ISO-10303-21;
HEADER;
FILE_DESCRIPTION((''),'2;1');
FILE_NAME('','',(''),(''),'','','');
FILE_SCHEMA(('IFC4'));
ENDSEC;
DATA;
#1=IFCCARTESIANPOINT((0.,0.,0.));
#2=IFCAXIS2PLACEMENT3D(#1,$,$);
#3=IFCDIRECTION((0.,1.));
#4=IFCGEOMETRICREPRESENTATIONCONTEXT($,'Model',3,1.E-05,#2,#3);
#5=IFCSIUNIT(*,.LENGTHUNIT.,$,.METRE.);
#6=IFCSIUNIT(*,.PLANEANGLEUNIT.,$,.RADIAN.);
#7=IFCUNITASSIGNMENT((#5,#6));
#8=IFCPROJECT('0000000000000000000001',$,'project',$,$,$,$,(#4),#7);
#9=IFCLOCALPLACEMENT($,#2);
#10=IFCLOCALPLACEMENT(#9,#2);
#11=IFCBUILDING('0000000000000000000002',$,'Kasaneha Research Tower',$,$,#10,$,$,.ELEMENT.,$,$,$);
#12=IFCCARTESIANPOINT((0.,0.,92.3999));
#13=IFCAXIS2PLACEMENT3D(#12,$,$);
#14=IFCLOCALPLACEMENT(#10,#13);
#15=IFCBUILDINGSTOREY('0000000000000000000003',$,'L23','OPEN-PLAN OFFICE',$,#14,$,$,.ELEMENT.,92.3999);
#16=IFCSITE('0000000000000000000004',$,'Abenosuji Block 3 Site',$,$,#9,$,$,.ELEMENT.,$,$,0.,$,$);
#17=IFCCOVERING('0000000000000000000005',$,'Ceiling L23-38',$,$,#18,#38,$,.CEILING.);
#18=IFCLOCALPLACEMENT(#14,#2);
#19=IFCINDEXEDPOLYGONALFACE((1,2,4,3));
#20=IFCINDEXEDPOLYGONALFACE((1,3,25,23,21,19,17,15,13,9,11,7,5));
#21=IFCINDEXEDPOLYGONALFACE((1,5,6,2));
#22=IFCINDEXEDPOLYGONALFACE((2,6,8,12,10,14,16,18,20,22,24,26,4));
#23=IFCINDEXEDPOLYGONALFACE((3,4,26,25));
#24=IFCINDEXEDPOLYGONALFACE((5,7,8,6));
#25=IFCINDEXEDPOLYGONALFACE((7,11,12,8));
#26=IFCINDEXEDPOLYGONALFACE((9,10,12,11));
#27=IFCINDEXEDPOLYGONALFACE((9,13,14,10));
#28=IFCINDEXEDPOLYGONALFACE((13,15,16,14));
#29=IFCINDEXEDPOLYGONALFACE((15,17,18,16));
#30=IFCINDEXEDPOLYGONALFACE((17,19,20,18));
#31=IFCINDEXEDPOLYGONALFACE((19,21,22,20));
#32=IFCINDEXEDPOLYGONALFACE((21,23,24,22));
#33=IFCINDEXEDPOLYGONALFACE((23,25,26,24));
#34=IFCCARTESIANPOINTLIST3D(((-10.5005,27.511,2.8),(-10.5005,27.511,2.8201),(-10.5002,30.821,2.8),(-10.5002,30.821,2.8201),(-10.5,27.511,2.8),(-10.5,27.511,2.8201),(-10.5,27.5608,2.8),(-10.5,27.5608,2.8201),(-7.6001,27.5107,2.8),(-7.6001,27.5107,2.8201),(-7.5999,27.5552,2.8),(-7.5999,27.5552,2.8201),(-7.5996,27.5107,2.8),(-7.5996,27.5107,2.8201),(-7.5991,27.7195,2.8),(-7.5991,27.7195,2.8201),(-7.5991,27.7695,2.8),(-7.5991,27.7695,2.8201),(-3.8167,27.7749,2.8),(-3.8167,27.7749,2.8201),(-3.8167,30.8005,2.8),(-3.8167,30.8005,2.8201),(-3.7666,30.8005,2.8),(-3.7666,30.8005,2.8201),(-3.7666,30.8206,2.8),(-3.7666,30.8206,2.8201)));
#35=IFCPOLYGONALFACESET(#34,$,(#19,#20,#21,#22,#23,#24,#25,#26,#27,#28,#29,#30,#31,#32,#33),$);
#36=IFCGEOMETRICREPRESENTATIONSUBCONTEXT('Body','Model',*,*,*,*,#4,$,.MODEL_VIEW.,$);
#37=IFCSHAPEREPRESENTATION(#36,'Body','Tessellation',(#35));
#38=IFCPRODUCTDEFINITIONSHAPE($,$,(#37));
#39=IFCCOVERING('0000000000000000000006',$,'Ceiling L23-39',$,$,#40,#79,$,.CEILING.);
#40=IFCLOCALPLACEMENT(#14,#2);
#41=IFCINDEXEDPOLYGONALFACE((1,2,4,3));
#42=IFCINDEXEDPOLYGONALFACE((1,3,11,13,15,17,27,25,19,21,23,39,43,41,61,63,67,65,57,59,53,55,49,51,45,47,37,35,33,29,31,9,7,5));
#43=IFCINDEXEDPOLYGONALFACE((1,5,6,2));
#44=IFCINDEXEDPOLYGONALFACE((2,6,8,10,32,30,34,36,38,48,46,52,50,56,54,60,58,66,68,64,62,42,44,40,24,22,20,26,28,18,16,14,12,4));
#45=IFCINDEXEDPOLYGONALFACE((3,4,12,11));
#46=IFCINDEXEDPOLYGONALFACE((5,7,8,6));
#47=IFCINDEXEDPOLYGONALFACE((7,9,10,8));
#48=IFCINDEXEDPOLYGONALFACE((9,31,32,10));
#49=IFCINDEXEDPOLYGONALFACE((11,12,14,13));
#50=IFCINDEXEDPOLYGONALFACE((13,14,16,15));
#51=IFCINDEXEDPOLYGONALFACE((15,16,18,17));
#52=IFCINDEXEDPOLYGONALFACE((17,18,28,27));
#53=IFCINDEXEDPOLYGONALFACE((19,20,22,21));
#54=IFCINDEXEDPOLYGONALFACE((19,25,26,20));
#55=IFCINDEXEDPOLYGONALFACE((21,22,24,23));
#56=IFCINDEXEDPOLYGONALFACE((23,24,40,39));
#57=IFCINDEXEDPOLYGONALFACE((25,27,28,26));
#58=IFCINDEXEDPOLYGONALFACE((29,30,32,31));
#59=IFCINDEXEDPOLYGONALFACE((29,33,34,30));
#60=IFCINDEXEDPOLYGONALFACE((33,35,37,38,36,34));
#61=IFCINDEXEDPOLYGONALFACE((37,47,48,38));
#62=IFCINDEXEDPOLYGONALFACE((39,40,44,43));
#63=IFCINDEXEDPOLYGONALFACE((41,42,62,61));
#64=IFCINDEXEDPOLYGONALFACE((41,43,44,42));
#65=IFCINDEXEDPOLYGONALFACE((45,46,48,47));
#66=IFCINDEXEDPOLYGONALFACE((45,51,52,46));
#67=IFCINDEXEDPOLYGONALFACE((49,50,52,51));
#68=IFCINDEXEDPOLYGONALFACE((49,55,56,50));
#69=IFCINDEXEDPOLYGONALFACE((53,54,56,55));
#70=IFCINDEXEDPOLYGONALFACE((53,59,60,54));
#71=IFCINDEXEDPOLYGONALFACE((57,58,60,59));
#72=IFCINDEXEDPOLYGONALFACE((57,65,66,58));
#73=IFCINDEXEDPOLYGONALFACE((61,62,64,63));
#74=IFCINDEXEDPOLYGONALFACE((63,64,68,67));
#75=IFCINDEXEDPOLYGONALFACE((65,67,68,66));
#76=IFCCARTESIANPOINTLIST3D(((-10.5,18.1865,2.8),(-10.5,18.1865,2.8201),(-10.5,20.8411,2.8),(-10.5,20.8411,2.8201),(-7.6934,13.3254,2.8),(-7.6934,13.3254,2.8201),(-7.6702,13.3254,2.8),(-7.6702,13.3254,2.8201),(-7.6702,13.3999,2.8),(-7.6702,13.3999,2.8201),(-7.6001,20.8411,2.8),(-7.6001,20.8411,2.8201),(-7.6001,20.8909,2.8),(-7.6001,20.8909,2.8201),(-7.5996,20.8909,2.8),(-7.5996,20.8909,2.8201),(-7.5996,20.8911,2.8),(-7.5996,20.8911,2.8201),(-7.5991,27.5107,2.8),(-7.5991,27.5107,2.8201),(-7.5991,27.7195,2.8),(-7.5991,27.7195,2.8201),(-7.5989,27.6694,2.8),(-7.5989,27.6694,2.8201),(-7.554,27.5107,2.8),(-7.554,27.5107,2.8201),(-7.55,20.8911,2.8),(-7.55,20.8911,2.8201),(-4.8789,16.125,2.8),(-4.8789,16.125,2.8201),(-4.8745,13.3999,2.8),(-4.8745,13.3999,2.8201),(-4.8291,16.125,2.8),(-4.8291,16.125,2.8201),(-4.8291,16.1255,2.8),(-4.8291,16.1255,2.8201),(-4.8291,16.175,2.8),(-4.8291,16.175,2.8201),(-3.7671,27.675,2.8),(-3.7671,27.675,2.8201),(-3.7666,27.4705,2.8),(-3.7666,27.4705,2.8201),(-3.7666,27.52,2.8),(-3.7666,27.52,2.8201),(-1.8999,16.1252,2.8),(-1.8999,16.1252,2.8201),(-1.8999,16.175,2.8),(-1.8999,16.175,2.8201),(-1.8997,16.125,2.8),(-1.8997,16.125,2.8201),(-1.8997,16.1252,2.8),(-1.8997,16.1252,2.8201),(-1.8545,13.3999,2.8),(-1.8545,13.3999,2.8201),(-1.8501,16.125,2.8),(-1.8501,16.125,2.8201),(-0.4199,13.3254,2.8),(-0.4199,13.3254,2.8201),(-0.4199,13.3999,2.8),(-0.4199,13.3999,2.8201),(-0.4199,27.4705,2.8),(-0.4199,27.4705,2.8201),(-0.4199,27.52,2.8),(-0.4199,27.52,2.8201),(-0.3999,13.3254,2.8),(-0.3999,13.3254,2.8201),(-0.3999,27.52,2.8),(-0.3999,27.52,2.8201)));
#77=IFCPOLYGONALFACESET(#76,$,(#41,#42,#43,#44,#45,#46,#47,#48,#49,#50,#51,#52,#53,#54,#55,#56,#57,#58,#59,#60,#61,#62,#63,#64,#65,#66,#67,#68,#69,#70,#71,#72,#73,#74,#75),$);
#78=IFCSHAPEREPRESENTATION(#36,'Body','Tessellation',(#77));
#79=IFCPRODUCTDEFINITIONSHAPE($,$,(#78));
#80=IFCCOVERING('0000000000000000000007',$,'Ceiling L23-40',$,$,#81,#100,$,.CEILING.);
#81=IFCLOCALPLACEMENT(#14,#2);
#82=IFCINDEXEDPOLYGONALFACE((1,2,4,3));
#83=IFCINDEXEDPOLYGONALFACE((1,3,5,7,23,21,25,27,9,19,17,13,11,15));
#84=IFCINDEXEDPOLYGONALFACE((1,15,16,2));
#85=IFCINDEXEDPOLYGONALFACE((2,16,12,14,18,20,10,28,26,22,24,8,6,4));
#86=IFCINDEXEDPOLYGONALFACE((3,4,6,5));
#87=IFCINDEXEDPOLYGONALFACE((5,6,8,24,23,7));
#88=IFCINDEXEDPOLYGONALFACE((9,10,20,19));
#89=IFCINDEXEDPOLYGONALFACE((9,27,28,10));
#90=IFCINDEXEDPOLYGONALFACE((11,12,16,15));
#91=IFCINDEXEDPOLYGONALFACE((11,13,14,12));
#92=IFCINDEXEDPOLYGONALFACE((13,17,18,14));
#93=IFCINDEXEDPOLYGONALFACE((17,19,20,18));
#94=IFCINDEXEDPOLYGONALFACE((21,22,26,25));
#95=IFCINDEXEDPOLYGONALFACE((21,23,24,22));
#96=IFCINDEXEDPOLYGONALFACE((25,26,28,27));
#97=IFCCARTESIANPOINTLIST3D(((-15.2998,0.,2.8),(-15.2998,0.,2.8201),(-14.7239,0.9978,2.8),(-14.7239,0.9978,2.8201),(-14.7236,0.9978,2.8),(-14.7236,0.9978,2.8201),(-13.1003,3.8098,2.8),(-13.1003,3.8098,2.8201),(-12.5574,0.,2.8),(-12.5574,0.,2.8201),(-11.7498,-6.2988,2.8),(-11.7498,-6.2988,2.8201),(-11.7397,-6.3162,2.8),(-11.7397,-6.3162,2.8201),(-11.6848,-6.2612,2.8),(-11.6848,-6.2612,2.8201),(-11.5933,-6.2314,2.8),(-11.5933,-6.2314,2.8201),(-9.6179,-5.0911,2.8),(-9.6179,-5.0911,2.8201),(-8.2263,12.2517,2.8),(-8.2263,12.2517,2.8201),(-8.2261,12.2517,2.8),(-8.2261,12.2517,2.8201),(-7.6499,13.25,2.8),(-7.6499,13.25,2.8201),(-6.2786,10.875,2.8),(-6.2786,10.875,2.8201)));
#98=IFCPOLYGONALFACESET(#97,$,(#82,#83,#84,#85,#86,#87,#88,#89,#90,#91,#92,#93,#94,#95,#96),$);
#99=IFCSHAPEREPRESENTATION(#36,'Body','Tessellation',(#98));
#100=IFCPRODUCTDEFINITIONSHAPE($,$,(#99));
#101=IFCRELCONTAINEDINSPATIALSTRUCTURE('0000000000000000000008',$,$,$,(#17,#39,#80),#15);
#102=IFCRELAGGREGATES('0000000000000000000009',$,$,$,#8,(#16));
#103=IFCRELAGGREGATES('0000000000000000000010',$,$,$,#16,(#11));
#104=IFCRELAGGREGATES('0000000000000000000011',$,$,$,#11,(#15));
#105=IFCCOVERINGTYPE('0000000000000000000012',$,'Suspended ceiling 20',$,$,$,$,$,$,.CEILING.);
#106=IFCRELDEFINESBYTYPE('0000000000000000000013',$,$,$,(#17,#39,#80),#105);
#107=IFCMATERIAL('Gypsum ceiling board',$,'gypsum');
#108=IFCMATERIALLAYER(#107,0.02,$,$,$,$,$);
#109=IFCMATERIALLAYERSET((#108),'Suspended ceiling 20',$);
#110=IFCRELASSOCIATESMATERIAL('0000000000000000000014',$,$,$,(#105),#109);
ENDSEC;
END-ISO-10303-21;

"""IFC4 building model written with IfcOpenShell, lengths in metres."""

from ifc_helpers import new_model, si_unit, direction, frame, origin, place, context, subcontext, project, spatial, polyline, outline, extrude, material, layer, layer_set, type_object, element, save


model = new_model("IFC4")

# Units and contexts
model_context = context("Model", 3, precision=1e-05, world=origin(), true_north=direction((0.0, 1.0)))
body_context = subcontext(model_context, "Body", "Model", "MODEL_VIEW")
ifc_project = project(units=[si_unit("LENGTHUNIT", "METRE"), si_unit("PLANEANGLEUNIT", "RADIAN")], contexts=[model_context])

# Site, building, storey
site_placement = place(None, origin())
site = spatial("IfcSite", under=ifc_project, at=site_placement, Name="Abenosuji Block 3 Site", CompositionType="ELEMENT", RefElevation=0.0)
building_placement = place(site_placement, origin())
building = spatial("IfcBuilding", under=site, at=building_placement, Name="Kasaneha Research Tower", CompositionType="ELEMENT")
storey_placement = place(building_placement, frame((0.0, 0.0, 92.3999)))
storey = spatial("IfcBuildingStorey", under=building, at=storey_placement, Name="L23", Description="OPEN-PLAN OFFICE", CompositionType="ELEMENT", Elevation=92.3999)

# Coverings
ifc_material_1 = material(Name="Gypsum ceiling board", Category="gypsum")
ifc_layer_1 = layer(ifc_material_1, 0.02)
ifc_layer_set_1 = layer_set([ifc_layer_1], Name="Suspended ceiling 20")
covering_type = type_object("IfcCoveringType", Name="Suspended ceiling 20", PredefinedType="CEILING", material=ifc_layer_set_1)
covering_1_placement = place(storey_placement, frame((0.0, 0.0, 2.8)))
element("IfcCovering", 1, at=covering_1_placement, inside=storey, type_object=covering_type, Name="Ceiling L23-38", PredefinedType="CEILING", context=body_context, shape_type="SweptSolid", body=[
    extrude(outline(polyline([(-7.5996, 27.5107), (-7.6001, 27.5107), (-7.5999, 27.5552), (-10.5, 27.5608), (-10.5, 27.511), (-10.5005, 27.511), (-10.5002, 30.821), (-3.7666, 30.8206), (-3.7666, 30.8005), (-3.8167, 30.8005), (-3.8167, 27.7749), (-7.5991, 27.7695), (-7.5991, 27.7195), (-7.5996, 27.5107)])), origin(), (0.0, 0.0, 1.0), 0.02),
])
covering_2_placement = place(storey_placement, frame((0.0, 0.0, 2.8)))
element("IfcCovering", 2, at=covering_2_placement, inside=storey, type_object=covering_type, Name="Ceiling L23-39", PredefinedType="CEILING", context=body_context, shape_type="SweptSolid", body=[
    extrude(outline(polyline([(-1.8999, 16.1252), (-1.8999, 16.175), (-4.8291, 16.175), (-4.8291, 16.1255), (-4.8291, 16.125), (-4.8789, 16.125), (-4.8745, 13.3999), (-7.6702, 13.3999), (-7.6702, 13.3254), (-7.6934, 13.3254), (-10.5, 18.1865), (-10.5, 20.8411), (-7.6001, 20.8411), (-7.6001, 20.8909), (-7.5996, 20.8909), (-7.5996, 20.8911), (-7.55, 20.8911), (-7.554, 27.5107), (-7.5991, 27.5107), (-7.5991, 27.7195), (-7.5989, 27.6694), (-3.7671, 27.675), (-3.7666, 27.52), (-3.7666, 27.52), (-3.7666, 27.4705), (-0.4199, 27.4705), (-0.4199, 27.52), (-0.3999, 27.52), (-0.3999, 13.3254), (-0.4199, 13.3254), (-0.4199, 13.3999), (-1.8545, 13.3999), (-1.8501, 16.125), (-1.8997, 16.125), (-1.8997, 16.1252), (-1.8999, 16.1252)])), origin(), (0.0, 0.0, 1.0), 0.02),
])
covering_3_placement = place(storey_placement, frame((0.0, 0.0, 2.8)))
element("IfcCovering", 3, at=covering_3_placement, inside=storey, type_object=covering_type, Name="Ceiling L23-40", PredefinedType="CEILING", context=body_context, shape_type="SweptSolid", body=[
    extrude(outline(polyline([(-12.5574, 0.0), (-9.6179, -5.0911), (-11.5933, -6.2314), (-11.7397, -6.3162), (-11.7498, -6.2988), (-11.6848, -6.2612), (-15.2998, 0.0), (-14.7239, 0.9978), (-14.7236, 0.9978), (-13.1003, 3.8098), (-13.1003, 3.8098), (-8.2261, 12.2517), (-8.2263, 12.2517), (-7.6499, 13.25), (-6.2786, 10.875), (-12.5574, 0.0)])), origin(), (0.0, 0.0, 1.0), 0.02),
])

save(model, "model.ifc")
